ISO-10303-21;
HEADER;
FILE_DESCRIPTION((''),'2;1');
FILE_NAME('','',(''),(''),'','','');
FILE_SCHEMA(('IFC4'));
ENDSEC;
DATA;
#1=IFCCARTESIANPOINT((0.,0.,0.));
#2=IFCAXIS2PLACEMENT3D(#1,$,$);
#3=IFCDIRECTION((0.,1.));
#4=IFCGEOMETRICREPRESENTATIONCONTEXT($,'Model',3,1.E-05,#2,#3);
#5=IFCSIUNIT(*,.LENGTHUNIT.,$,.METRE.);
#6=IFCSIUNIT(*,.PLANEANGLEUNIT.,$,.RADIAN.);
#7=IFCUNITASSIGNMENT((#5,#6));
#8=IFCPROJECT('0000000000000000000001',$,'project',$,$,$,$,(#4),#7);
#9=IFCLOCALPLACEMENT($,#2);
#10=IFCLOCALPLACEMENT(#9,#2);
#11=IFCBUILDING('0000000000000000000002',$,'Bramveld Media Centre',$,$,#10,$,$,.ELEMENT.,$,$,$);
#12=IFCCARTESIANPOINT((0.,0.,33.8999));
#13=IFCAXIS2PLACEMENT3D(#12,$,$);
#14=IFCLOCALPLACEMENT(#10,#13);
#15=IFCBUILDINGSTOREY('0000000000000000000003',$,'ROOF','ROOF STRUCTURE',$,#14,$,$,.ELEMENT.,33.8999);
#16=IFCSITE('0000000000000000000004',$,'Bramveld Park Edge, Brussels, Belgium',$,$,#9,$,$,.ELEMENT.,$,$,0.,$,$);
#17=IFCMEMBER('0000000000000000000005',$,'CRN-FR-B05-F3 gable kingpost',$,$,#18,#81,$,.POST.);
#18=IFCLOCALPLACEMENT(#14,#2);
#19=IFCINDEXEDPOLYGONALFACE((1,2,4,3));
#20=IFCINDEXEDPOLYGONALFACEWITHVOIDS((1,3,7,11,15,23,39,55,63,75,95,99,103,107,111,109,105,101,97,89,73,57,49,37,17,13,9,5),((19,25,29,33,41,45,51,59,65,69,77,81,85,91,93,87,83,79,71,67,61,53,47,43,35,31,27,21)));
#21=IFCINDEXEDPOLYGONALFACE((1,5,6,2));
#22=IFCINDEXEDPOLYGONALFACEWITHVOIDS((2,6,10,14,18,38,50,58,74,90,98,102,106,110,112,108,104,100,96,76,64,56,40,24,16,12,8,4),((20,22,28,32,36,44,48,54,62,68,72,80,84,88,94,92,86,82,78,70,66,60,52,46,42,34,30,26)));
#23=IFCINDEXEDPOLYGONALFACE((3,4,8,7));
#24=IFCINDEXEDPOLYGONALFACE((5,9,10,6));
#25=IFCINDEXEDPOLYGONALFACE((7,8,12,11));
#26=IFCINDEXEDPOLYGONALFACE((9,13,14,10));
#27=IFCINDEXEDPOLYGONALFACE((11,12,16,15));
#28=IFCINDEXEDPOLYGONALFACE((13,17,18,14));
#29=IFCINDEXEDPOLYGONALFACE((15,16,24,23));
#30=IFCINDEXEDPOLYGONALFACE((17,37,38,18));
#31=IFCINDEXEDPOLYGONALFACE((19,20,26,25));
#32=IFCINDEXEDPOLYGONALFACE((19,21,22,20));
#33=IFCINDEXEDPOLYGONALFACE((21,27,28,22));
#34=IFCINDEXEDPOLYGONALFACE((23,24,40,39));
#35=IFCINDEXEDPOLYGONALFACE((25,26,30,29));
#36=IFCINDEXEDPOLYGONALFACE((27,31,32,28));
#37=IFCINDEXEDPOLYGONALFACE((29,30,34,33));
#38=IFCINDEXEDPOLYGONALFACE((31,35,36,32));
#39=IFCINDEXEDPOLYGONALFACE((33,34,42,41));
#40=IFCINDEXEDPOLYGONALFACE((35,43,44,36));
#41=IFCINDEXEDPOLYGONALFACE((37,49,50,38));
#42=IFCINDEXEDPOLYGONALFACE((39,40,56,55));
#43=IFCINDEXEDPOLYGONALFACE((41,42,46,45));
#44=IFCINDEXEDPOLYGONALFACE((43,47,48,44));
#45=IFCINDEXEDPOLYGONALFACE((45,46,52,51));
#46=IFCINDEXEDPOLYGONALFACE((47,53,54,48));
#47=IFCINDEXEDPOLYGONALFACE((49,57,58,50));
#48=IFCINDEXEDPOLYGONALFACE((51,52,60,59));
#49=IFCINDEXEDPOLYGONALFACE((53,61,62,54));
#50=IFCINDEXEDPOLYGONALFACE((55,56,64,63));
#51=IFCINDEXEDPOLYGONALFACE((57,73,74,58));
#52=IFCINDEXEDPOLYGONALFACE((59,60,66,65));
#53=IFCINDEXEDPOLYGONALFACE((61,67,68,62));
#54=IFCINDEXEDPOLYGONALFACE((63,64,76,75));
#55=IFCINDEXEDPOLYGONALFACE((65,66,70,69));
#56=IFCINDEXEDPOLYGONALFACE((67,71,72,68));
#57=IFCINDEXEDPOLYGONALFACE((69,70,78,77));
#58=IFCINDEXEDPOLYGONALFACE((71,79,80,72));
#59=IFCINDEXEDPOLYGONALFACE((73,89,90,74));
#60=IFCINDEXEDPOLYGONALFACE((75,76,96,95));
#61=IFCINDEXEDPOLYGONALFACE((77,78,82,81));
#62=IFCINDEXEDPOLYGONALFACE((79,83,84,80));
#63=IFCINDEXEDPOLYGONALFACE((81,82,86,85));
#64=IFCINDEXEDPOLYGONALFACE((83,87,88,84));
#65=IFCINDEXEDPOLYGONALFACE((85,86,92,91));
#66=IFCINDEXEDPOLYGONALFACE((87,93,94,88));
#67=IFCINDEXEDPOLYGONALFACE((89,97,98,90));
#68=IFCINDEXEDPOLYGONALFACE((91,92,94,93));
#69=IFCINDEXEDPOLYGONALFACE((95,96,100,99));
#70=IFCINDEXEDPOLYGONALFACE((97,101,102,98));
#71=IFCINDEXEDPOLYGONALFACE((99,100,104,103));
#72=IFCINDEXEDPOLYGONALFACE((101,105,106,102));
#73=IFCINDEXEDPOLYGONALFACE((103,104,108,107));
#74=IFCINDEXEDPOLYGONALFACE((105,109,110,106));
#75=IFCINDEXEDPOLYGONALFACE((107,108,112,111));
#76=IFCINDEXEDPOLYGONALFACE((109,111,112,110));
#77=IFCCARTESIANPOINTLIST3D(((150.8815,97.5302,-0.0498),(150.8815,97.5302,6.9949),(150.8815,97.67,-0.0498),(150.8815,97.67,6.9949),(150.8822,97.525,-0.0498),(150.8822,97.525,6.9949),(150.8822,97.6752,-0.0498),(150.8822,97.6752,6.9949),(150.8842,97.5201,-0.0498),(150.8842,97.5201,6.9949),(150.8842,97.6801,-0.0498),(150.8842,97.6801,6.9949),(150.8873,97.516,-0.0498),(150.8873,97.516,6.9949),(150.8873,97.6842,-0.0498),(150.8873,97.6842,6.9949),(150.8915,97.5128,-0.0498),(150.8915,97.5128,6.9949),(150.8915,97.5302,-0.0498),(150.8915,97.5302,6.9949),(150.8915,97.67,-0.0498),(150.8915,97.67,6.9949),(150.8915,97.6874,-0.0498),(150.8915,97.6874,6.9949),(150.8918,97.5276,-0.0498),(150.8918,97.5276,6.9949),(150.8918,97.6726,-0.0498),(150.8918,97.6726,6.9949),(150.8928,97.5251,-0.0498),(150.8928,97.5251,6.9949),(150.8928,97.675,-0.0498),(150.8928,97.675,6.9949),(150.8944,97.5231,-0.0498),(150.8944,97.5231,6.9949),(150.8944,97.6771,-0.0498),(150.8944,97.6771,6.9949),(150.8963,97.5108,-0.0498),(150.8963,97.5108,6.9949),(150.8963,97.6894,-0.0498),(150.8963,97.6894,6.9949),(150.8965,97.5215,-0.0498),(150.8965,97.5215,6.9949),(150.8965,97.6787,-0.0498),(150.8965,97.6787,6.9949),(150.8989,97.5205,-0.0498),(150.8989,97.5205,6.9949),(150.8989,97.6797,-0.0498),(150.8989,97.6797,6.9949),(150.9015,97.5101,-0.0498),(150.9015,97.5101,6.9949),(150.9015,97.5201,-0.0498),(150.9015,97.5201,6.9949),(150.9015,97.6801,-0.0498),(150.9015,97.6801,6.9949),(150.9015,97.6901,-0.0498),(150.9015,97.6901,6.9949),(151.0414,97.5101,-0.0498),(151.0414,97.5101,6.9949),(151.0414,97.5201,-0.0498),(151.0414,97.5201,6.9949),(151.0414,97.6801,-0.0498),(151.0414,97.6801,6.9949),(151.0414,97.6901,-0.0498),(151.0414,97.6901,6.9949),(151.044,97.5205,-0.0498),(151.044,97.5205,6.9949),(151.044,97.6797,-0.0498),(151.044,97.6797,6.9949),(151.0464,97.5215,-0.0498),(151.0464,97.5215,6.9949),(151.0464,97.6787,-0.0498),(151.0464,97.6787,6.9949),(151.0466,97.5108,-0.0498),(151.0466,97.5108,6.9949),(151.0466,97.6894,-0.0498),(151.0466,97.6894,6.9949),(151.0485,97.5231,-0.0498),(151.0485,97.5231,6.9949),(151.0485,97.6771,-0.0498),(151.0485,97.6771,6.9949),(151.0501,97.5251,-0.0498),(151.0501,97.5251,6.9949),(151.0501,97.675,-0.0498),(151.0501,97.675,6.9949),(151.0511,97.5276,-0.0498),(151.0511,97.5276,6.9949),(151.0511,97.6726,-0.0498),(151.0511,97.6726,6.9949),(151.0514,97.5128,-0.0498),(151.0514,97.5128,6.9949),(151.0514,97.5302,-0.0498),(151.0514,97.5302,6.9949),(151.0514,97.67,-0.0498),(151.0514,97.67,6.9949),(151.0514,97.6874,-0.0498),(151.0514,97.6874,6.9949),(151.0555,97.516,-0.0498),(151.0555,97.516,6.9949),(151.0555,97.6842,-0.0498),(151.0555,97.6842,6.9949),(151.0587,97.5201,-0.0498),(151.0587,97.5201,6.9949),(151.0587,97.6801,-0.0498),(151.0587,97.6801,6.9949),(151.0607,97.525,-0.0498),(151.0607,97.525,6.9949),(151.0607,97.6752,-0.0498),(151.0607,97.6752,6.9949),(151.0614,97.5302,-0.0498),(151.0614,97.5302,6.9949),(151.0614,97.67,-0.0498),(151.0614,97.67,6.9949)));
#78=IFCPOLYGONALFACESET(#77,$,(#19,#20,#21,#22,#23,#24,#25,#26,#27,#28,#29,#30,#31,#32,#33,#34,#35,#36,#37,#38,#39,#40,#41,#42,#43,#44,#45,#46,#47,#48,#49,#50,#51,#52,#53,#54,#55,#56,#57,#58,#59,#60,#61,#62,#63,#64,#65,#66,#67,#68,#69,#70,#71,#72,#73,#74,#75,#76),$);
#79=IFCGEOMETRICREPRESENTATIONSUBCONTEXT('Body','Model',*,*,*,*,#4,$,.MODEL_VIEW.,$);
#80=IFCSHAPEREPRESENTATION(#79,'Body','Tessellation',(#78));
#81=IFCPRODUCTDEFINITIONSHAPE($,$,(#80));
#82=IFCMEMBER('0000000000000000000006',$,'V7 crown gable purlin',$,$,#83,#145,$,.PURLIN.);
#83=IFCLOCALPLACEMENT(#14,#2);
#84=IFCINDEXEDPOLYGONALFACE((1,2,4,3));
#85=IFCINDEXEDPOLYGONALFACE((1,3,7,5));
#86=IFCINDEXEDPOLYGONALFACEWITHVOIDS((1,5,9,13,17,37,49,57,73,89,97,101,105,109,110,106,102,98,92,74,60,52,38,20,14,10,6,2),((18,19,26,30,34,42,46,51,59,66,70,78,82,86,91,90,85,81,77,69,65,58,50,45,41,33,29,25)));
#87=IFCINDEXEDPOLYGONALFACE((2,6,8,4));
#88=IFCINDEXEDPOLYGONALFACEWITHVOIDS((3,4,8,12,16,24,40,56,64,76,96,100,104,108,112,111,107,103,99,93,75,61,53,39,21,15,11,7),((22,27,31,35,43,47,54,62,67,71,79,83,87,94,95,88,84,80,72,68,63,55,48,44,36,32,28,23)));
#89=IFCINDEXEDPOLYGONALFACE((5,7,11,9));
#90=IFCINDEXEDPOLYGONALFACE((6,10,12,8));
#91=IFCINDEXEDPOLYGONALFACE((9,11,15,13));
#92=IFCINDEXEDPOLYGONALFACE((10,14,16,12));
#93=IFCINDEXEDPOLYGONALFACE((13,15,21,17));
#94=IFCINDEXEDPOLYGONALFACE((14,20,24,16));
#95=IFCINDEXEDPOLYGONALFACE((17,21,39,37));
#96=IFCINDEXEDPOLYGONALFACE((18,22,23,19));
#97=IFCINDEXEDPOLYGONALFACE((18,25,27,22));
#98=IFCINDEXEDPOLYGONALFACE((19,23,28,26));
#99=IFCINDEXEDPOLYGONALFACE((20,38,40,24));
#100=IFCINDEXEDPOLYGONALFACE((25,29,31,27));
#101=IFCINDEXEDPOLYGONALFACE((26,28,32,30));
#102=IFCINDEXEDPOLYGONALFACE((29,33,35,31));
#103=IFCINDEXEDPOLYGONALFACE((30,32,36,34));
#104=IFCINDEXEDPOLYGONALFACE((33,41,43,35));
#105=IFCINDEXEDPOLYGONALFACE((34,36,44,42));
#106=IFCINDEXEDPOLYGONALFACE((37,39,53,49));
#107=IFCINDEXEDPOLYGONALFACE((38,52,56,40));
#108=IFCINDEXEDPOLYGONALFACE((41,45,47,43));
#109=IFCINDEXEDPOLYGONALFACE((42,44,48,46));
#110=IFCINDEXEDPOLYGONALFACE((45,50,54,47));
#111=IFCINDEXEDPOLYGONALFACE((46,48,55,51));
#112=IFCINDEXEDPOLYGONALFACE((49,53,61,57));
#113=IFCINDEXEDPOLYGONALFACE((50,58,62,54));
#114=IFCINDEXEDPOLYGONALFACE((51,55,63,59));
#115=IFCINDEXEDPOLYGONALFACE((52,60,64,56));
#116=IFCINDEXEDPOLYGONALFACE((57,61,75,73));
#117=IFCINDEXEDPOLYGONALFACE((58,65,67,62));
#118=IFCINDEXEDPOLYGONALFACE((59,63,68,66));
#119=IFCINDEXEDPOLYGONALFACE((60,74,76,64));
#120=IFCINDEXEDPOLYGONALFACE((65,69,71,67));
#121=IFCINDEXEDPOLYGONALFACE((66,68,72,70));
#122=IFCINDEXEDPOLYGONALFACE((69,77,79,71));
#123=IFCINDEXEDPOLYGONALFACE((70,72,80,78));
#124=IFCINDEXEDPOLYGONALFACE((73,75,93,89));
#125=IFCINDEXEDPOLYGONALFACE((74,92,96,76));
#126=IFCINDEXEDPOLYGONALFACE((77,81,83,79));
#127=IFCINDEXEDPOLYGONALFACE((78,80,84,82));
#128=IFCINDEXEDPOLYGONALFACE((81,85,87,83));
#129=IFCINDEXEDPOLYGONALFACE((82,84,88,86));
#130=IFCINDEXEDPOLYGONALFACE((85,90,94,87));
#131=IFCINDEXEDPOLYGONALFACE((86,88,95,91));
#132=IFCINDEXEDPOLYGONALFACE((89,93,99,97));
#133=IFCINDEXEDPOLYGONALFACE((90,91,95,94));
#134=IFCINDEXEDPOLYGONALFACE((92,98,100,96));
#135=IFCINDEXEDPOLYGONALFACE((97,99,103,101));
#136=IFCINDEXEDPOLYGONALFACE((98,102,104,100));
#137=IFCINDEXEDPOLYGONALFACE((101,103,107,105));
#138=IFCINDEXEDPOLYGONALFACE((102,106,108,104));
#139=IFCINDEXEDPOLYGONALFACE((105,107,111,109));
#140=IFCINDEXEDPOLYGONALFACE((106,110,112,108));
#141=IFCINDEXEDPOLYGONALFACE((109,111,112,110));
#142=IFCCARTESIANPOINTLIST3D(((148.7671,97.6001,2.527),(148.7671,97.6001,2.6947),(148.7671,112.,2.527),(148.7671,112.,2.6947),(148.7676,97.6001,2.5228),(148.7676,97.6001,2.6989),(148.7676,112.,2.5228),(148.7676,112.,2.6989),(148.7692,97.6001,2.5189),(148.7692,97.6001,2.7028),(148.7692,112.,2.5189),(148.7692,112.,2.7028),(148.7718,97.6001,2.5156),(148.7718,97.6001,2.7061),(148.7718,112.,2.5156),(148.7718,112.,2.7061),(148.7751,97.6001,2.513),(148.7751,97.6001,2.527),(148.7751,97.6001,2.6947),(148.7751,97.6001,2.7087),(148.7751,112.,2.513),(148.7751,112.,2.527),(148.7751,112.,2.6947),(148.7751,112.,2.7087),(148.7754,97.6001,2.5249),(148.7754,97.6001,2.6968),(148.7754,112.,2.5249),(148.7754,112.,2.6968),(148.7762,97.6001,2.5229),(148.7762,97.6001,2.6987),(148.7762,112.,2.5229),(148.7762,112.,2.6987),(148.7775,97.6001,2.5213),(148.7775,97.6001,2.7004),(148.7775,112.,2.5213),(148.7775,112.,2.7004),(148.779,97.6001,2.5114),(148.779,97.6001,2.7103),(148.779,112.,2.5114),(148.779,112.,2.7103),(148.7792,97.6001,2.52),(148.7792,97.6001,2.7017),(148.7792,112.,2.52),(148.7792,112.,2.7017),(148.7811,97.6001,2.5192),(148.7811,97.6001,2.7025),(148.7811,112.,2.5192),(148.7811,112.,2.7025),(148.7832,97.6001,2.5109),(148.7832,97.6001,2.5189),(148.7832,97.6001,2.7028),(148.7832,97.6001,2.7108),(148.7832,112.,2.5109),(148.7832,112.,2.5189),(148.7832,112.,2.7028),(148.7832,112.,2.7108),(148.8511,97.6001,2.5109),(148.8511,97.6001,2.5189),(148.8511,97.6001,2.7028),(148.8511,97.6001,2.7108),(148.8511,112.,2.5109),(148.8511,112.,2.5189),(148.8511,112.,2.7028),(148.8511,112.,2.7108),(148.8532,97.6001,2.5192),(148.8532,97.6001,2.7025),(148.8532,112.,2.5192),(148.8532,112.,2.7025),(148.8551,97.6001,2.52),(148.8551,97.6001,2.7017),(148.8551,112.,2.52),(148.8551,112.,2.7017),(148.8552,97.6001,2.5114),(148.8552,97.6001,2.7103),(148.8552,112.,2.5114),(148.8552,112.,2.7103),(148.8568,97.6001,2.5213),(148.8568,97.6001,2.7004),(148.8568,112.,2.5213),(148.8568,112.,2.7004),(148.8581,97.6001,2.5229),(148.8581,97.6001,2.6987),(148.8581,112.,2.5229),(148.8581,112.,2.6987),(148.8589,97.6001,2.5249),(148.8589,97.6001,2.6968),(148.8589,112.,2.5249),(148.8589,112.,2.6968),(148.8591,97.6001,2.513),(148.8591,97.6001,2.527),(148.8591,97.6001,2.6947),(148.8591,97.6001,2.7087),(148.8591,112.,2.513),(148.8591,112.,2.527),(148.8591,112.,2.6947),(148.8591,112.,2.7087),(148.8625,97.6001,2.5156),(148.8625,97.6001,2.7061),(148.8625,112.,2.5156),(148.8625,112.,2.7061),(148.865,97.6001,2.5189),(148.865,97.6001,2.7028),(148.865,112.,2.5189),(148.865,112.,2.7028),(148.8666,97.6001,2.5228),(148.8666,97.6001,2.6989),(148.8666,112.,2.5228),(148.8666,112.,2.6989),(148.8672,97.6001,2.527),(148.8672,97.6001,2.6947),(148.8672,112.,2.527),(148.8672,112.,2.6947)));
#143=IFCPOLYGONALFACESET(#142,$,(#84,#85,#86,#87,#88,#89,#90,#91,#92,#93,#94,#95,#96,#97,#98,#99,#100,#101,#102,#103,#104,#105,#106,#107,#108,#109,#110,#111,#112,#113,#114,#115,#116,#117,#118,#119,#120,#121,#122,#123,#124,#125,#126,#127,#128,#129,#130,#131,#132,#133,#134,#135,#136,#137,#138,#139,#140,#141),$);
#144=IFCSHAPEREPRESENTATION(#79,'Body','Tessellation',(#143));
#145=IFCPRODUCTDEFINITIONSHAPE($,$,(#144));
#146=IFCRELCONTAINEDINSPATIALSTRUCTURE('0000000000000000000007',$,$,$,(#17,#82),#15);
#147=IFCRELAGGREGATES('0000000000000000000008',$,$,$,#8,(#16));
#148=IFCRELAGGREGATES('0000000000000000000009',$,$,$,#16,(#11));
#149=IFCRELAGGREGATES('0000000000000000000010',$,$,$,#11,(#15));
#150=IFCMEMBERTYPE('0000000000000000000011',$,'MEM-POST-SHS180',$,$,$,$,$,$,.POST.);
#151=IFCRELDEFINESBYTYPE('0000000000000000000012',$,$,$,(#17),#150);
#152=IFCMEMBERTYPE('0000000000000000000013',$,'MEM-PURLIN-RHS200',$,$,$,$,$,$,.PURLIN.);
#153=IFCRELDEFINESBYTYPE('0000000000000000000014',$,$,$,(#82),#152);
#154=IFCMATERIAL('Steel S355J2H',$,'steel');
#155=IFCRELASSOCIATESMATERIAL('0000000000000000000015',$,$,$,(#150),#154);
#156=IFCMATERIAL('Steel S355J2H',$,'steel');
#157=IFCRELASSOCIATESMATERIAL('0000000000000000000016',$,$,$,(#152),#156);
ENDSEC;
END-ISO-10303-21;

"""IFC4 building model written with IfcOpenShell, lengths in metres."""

from ifc_helpers import new_model, si_unit, direction, frame, origin, origin_2d, place, context, subcontext, project, spatial, hollow_rectangle, extrude, material, material_profile, profile_set, type_object, element, save


model = new_model("IFC4")

# Units and contexts
model_context = context("Model", 3, precision=1e-05, world=origin(), true_north=direction((0.0, 1.0)))
body_context = subcontext(model_context, "Body", "Model", "MODEL_VIEW")
ifc_project = project(units=[si_unit("LENGTHUNIT", "METRE"), si_unit("PLANEANGLEUNIT", "RADIAN")], contexts=[model_context])

# Site, building, storey
site_placement = place(None, origin())
site = spatial("IfcSite", under=ifc_project, at=site_placement, Name="Bramveld Park Edge, Brussels, Belgium", CompositionType="ELEMENT", RefElevation=0.0)
building_placement = place(site_placement, origin())
building = spatial("IfcBuilding", under=site, at=building_placement, Name="Bramveld Media Centre", CompositionType="ELEMENT")
storey_placement = place(building_placement, frame((0.0, 0.0, 33.8999)))
storey = spatial("IfcBuildingStorey", under=building, at=storey_placement, Name="ROOF", Description="ROOF STRUCTURE", CompositionType="ELEMENT", Elevation=33.8999)

# Members
ifc_material_1 = material(Name="Steel S355J2H", Category="steel")
ifc_material_profile_1 = material_profile(ifc_material_1, hollow_rectangle(XDim=0.1799, YDim=0.1799, WallThickness=0.01, InnerFilletRadius=0.01, OuterFilletRadius=0.02, at=origin_2d()), Name="SHS 180x180x10")
ifc_profile_set_1 = profile_set([ifc_material_profile_1], Name="Steel S355J2H")
member_type_1 = type_object("IfcMemberType", Name="MEM-POST-SHS180", PredefinedType="POST", material=ifc_profile_set_1)
member_1_placement = place(storey_placement, frame((150.9714, 97.6001, -0.0498), z_axis=(0.0, 0.0, 1.0), x_axis=(1.0, 0.0, 0.0)))
element("IfcMember", 1, at=member_1_placement, inside=storey, type_object=member_type_1, Name="CRN-FR-B05-F3 gable kingpost", PredefinedType="POST", context=body_context, shape_type="SweptSolid", body=[
    extrude(hollow_rectangle(XDim=0.1799, YDim=0.1799, WallThickness=0.01, InnerFilletRadius=0.01, OuterFilletRadius=0.02, at=origin_2d()), origin(), (0.0, 0.0, 1.0), 7.0447),
])
ifc_material_2 = material(Name="Steel S355J2H", Category="steel")
ifc_material_profile_2 = material_profile(ifc_material_2, hollow_rectangle(XDim=0.1001, YDim=0.2, WallThickness=0.0081, InnerFilletRadius=0.0081, OuterFilletRadius=0.0161, at=origin_2d()), Name="RHS 200x100x8")
ifc_profile_set_2 = profile_set([ifc_material_profile_2], Name="Steel S355J2H")
member_type_2 = type_object("IfcMemberType", Name="MEM-PURLIN-RHS200", PredefinedType="PURLIN", material=ifc_profile_set_2)
for number, where, z_axis, x_axis, name in (
    (2, (148.8171, 97.6001, 2.6108), (0.0, 1.0, 0.0), (-1.0, 0.0, 0.0), "V7 crown gable purlin"),
):
    element("IfcMember", number, at=place(storey_placement, frame(where, z_axis=z_axis, x_axis=x_axis)), inside=storey, type_object=member_type_2, Name=name, PredefinedType="PURLIN", context=body_context, shape_type="SweptSolid", body=[
        extrude(hollow_rectangle(XDim=0.1001, YDim=0.2, WallThickness=0.0081, InnerFilletRadius=0.0081, OuterFilletRadius=0.0161, at=origin_2d()), origin(), (0.0, 0.0, 1.0), 14.3999),
    ])

save(model, "model.ifc")
